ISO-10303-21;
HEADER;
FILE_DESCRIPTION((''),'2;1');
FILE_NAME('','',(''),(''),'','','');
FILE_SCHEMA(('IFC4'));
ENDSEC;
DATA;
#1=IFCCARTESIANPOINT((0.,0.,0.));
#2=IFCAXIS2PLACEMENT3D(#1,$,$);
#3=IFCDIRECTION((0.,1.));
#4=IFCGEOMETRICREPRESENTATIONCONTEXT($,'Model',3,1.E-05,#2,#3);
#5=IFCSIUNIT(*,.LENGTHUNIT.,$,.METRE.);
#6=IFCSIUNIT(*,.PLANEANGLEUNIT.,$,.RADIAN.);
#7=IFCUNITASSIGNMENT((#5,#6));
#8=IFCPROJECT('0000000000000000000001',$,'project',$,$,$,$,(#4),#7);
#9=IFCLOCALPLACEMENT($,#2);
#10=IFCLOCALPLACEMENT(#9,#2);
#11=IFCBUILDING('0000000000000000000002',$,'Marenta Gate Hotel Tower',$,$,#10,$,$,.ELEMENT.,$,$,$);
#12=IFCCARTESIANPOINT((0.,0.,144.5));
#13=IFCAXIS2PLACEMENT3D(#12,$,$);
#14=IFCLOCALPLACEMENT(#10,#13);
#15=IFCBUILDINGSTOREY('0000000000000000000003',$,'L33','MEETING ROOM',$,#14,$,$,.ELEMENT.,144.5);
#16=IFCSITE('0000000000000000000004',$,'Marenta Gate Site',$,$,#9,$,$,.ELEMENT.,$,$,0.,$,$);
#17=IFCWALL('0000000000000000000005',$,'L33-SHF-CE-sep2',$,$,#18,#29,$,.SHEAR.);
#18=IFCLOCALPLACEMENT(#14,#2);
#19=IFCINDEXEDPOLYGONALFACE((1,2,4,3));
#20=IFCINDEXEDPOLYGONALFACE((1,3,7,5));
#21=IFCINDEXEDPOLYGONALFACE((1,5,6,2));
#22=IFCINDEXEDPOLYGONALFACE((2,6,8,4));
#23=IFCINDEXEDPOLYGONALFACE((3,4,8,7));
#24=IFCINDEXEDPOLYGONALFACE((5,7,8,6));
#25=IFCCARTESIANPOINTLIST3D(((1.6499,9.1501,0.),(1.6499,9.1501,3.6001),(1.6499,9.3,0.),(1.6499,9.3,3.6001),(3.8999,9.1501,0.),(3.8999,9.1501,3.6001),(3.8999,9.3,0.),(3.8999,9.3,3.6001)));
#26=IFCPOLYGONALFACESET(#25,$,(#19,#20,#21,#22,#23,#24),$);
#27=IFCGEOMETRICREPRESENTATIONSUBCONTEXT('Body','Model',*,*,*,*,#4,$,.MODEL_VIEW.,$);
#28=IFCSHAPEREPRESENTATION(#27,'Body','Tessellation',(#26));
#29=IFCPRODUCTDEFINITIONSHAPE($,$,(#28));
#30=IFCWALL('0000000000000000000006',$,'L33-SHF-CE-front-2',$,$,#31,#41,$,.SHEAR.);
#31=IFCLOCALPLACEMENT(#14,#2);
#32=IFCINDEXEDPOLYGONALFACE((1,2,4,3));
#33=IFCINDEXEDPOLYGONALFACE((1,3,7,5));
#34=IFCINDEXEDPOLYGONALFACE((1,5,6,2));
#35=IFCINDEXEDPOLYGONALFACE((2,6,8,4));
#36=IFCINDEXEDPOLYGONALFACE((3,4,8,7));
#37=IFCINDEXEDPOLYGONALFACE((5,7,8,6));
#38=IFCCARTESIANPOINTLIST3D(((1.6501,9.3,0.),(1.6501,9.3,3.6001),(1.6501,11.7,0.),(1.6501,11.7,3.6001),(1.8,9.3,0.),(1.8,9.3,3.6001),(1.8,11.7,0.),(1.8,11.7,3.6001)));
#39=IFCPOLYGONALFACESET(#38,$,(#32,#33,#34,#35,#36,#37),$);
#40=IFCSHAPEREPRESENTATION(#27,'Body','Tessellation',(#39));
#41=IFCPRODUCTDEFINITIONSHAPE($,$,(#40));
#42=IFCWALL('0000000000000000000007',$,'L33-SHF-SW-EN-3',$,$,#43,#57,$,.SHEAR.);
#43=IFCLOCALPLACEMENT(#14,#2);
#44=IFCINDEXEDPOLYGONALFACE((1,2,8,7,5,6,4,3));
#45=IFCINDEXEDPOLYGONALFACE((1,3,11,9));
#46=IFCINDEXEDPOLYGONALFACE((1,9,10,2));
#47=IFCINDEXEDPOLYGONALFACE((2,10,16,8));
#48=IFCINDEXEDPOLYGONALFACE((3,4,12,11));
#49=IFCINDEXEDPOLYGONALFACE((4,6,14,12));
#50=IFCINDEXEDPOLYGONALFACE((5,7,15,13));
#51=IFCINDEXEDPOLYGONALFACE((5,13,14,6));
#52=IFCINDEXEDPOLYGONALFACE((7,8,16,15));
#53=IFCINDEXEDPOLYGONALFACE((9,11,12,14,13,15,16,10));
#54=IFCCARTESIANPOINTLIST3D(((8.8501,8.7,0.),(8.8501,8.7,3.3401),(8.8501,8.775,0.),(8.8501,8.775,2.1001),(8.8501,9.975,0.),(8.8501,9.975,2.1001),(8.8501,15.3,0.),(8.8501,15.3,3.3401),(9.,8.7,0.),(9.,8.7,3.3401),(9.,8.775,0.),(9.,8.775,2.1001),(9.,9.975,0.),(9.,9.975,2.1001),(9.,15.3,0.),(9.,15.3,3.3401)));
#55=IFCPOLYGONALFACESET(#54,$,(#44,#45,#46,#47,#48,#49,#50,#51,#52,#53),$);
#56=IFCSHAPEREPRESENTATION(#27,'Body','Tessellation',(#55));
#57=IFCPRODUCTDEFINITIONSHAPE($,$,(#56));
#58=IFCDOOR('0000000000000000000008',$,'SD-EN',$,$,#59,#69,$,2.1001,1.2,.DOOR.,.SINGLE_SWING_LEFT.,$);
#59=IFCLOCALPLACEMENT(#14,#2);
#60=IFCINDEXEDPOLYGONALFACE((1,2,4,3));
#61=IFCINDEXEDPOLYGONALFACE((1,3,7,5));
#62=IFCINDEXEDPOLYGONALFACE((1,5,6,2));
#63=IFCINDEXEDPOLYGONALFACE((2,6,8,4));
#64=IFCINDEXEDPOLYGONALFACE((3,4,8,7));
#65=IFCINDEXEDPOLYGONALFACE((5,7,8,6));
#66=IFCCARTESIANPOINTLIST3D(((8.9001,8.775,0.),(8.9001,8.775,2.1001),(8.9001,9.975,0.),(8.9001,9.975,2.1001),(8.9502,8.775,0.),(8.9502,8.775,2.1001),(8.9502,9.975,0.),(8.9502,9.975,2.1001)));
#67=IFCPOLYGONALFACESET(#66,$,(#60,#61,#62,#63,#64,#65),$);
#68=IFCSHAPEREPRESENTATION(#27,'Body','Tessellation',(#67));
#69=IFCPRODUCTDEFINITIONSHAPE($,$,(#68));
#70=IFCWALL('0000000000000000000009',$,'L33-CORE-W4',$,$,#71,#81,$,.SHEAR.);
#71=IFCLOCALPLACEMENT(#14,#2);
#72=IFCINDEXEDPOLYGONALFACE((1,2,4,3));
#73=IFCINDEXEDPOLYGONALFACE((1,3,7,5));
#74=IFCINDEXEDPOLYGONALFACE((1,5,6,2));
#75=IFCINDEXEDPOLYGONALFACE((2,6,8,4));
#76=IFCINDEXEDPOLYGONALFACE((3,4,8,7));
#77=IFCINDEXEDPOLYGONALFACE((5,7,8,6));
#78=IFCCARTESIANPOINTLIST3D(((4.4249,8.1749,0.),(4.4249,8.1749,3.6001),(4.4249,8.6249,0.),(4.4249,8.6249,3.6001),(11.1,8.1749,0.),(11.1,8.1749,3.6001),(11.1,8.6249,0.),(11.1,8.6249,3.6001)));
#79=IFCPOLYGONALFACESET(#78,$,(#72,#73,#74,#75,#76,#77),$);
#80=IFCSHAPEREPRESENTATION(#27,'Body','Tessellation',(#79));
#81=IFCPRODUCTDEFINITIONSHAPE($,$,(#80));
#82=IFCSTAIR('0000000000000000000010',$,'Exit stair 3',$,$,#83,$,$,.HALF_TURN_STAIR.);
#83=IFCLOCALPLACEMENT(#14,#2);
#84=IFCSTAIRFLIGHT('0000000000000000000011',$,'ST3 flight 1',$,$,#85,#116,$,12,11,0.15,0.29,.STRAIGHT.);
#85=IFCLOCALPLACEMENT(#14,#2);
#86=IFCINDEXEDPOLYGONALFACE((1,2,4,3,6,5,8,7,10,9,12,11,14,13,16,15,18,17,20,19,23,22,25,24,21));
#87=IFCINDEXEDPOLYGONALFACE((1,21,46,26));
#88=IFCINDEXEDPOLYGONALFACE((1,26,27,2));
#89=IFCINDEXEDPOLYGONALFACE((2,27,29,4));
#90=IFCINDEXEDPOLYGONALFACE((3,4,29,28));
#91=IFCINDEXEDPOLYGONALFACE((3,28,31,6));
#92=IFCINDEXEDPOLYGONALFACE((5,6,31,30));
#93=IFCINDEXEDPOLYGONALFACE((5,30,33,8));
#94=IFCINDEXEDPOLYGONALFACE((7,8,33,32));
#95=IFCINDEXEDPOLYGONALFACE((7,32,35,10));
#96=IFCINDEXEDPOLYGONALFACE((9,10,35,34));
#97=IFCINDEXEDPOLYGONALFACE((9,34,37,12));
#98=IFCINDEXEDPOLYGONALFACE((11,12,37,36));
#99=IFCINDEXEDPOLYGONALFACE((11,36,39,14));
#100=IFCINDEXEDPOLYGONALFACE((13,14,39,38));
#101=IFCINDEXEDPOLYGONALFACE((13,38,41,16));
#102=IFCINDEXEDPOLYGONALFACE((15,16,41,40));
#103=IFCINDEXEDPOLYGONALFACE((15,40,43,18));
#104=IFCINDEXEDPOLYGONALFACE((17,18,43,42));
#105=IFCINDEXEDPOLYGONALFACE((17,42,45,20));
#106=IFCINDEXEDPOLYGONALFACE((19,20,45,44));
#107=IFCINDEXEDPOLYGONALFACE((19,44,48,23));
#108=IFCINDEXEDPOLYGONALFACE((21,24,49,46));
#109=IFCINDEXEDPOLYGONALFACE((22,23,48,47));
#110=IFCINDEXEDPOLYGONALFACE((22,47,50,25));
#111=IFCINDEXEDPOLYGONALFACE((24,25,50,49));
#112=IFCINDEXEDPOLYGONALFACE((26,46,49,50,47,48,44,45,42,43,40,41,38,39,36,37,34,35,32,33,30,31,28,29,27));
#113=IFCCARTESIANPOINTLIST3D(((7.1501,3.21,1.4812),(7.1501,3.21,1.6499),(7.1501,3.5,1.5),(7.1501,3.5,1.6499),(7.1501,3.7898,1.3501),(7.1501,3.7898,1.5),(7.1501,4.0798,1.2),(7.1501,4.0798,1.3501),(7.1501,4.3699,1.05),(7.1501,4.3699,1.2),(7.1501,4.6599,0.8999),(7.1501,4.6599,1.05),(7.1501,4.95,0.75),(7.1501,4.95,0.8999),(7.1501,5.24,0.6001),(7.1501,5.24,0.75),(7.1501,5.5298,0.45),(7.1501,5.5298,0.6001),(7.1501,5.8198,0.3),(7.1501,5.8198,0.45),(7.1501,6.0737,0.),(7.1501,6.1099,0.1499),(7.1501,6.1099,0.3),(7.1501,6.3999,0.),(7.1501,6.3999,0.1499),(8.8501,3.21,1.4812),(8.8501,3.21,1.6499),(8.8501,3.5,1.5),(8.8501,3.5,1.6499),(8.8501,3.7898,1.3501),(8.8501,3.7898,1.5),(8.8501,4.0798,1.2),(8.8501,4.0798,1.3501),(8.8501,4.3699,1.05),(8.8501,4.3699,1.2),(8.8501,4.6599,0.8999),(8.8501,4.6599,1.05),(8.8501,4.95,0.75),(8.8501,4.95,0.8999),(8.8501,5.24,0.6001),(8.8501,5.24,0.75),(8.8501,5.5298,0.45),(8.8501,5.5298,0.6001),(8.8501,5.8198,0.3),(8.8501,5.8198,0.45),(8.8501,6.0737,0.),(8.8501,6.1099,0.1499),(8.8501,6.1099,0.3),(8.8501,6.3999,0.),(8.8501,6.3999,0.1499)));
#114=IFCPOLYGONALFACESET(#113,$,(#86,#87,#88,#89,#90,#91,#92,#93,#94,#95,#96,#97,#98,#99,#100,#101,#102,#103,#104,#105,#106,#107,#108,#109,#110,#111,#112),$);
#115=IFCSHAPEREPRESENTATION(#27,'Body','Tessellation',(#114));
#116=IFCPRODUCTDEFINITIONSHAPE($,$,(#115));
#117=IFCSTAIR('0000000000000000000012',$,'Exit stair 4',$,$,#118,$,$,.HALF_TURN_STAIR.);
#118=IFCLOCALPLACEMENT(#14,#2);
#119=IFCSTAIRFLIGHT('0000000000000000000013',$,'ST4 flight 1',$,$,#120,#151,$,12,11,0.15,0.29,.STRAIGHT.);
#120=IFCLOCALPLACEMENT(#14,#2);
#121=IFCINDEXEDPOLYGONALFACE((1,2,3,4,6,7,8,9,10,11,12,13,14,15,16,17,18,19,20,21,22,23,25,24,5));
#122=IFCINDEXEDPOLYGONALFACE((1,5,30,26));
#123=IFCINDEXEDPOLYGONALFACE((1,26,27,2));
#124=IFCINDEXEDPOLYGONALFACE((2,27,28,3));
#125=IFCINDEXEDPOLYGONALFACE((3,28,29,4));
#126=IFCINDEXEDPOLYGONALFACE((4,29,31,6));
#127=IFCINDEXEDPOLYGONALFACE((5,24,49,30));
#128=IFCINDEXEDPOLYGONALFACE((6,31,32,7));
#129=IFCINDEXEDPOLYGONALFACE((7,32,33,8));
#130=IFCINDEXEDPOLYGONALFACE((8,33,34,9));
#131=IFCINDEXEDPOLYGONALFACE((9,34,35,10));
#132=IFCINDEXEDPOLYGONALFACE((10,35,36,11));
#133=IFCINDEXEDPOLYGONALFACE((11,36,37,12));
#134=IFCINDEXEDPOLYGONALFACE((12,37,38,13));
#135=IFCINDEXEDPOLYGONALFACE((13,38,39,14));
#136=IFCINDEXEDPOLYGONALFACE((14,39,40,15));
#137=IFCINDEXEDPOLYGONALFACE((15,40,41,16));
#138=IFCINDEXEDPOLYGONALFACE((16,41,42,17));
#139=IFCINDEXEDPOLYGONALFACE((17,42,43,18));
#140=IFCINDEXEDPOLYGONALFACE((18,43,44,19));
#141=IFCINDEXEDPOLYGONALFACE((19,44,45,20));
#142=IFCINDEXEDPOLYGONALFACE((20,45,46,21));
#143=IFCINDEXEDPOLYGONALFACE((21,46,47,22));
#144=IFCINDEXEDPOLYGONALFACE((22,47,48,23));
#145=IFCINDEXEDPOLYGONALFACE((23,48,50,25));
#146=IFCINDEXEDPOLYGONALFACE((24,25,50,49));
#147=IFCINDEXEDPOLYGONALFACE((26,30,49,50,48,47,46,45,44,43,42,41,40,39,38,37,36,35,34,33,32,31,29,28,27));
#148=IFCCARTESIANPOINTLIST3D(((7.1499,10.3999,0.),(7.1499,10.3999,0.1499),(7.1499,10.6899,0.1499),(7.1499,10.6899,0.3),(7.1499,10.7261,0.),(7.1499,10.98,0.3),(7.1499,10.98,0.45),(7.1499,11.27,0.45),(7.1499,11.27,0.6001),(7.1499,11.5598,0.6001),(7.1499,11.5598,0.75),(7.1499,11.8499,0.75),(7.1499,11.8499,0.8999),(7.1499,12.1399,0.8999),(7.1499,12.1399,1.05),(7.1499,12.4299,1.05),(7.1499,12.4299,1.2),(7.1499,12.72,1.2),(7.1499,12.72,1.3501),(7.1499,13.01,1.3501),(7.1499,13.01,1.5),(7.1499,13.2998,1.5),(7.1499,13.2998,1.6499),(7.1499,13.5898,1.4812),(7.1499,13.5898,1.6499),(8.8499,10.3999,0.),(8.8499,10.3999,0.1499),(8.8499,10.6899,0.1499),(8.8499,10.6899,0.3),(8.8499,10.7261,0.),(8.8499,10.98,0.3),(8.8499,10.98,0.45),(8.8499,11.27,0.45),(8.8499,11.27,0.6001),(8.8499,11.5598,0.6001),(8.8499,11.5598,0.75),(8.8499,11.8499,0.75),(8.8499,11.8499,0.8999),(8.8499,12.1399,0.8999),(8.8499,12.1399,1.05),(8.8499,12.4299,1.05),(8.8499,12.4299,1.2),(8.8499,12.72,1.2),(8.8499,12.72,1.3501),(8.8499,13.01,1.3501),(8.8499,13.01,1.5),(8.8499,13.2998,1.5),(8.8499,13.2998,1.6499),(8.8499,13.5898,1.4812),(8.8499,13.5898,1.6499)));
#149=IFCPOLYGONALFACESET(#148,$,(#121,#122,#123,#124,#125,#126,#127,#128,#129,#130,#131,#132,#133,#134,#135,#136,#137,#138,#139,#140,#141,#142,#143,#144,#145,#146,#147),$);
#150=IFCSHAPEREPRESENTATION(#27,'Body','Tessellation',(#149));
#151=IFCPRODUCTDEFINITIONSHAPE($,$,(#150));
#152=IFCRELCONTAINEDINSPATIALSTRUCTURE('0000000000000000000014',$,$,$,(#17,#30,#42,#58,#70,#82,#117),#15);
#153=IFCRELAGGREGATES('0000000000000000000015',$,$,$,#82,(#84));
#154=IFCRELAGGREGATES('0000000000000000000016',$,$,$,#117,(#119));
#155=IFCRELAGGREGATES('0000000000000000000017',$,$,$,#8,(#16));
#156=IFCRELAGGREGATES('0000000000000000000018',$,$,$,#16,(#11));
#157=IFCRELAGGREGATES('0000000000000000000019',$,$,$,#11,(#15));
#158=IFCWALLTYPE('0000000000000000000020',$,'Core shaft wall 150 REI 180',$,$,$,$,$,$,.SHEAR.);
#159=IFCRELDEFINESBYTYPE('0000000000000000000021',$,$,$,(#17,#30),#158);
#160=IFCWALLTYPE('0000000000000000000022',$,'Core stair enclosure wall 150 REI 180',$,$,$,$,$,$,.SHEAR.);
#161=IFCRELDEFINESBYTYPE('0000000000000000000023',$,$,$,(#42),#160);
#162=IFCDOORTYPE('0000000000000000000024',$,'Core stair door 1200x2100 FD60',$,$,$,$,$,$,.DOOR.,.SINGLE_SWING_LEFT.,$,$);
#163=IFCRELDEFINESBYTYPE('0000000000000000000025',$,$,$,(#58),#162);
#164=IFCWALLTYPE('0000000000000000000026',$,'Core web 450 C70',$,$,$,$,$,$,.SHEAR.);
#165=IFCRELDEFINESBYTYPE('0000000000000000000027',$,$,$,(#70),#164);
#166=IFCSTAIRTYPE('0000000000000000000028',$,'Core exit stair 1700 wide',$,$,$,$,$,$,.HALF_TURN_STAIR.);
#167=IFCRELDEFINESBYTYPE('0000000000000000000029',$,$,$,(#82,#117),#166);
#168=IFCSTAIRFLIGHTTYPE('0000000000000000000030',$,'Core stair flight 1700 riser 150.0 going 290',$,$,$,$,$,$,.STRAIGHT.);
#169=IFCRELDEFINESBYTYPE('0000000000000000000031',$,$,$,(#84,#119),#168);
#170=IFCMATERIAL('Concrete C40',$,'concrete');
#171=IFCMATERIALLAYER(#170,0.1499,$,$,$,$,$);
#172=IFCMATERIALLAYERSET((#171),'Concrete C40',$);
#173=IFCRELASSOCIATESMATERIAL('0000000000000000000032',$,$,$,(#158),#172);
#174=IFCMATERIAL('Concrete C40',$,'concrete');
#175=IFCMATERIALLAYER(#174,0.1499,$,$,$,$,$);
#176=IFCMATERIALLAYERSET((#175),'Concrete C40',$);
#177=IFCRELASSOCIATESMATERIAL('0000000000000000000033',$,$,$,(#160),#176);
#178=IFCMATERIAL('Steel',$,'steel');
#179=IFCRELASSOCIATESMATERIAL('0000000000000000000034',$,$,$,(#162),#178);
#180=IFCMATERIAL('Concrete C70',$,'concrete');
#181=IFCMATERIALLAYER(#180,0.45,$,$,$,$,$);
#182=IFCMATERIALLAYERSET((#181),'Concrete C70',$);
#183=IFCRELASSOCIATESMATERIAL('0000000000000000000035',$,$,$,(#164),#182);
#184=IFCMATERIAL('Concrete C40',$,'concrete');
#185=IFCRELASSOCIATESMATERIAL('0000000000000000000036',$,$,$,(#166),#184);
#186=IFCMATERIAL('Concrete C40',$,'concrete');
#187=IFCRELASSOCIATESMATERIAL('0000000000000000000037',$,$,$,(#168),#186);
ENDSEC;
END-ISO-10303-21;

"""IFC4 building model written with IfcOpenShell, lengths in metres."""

from ifc_helpers import new_model, si_unit, direction, frame, frame_2d, origin, place, context, subcontext, project, spatial, polyline, rectangle, outline, extrude, material, layer, layer_set, type_object, element, fill, aggregate, save


model = new_model("IFC4")

# Units and contexts
model_context = context("Model", 3, precision=1e-05, world=origin(), true_north=direction((0.0, 1.0)))
body_context = subcontext(model_context, "Body", "Model", "MODEL_VIEW")
ifc_project = project(units=[si_unit("LENGTHUNIT", "METRE"), si_unit("PLANEANGLEUNIT", "RADIAN")], contexts=[model_context])

# Site, building, storey
site_placement = place(None, origin())
site = spatial("IfcSite", under=ifc_project, at=site_placement, Name="Marenta Gate Site", CompositionType="ELEMENT", RefElevation=0.0)
building_placement = place(site_placement, origin())
building = spatial("IfcBuilding", under=site, at=building_placement, Name="Marenta Gate Hotel Tower", CompositionType="ELEMENT")
storey_placement = place(building_placement, frame((0.0, 0.0, 144.5)))
storey = spatial("IfcBuildingStorey", under=building, at=storey_placement, Name="L33", Description="MEETING ROOM", CompositionType="ELEMENT", Elevation=144.5)

# Shared definitions
ifc_material_1 = material(Name="Concrete C40", Category="concrete")
ifc_layer_1 = layer(ifc_material_1, 0.1499)
ifc_layer_set_1 = layer_set([ifc_layer_1], Name="Concrete C40")
wall_type_1 = type_object("IfcWallType", Name="Core shaft wall 150 REI 180", PredefinedType="SHEAR", material=ifc_layer_set_1)

# Walls
for number, where, z_axis, x_axis, name in (
    (1, (1.6499, 9.2251, 0.0), (0.0, 0.0, 1.0), (1.0, 0.0, 0.0), "L33-SHF-CE-sep2"),
):
    element("IfcWall", number, at=place(storey_placement, frame(where, z_axis=z_axis, x_axis=x_axis)), inside=storey, type_object=wall_type_1, Name=name, PredefinedType="SHEAR", context=body_context, shape_type="SweptSolid", body=[
        extrude(rectangle(XDim=2.25, YDim=0.1499, at=frame_2d((1.125, 0.0))), origin(), (0.0, 0.0, 1.0), 3.6001),
    ])
wall_1_placement = place(storey_placement, frame((1.7251, 9.3, 0.0), z_axis=(0.0, 0.0, 1.0), x_axis=(0.0, 1.0, 0.0)))
element("IfcWall", 2, at=wall_1_placement, inside=storey, type_object=wall_type_1, Name="L33-SHF-CE-front-2", PredefinedType="SHEAR", context=body_context, shape_type="SweptSolid", body=[
    extrude(rectangle(XDim=2.3999, YDim=0.1499, at=frame_2d((1.2, 0.0))), origin(), (0.0, 0.0, 1.0), 3.6001),
])

# Wall, opening, door
ifc_material_2 = material(Name="Concrete C40", Category="concrete")
ifc_layer_2 = layer(ifc_material_2, 0.1499)
ifc_layer_set_2 = layer_set([ifc_layer_2], Name="Concrete C40")
wall_type_2 = type_object("IfcWallType", Name="Core stair enclosure wall 150 REI 180", PredefinedType="SHEAR", material=ifc_layer_set_2)
wall_2_placement = place(storey_placement, frame((8.925, 8.7, 0.0), z_axis=(0.0, 0.0, 1.0), x_axis=(0.0, 1.0, 0.0)))
wall_2 = element("IfcWall", 3, at=wall_2_placement, inside=storey, type_object=wall_type_2, Name="L33-SHF-SW-EN-3", PredefinedType="SHEAR", context=body_context, shape_type="SweptSolid", body=[
    extrude(rectangle(XDim=6.6001, YDim=0.1499, at=frame_2d((3.3, 0.0))), origin(), (0.0, 0.0, 1.0), 3.3401),
])
opening_1_placement = place(wall_2_placement, frame((0.075, 0.0, 0.0)))
opening_1 = element("IfcOpeningElement", 4, at=opening_1_placement, cuts=wall_2, PredefinedType="OPENING", context=body_context, shape_type="SweptSolid", body=[
    extrude(rectangle(XDim=1.2, YDim=2.1001, at=frame_2d((0.6001, 1.05))), frame((0.0, 0.075, 0.0), z_axis=(0.0, -1.0, 0.0), x_axis=(1.0, 0.0, 0.0)), (0.0, 0.0, 1.0), 0.1499),
])
ifc_material_3 = material(Name="Steel", Category="steel")
door_type_1 = type_object("IfcDoorType", Name="Core stair door 1200x2100 FD60", OperationType="SINGLE_SWING_LEFT", PredefinedType="DOOR", material=ifc_material_3)
door_1_placement = place(opening_1_placement, origin())
door_1 = element("IfcDoor", 5, at=door_1_placement, inside=storey, type_object=door_type_1, Name="SD-EN", OperationType="SINGLE_SWING_LEFT", OverallHeight=2.1001, OverallWidth=1.2, PredefinedType="DOOR", context=body_context, shape_type="SweptSolid", body=[
    extrude(rectangle(XDim=1.2, YDim=2.1001, at=frame_2d((0.6001, 1.05))), frame((0.0, 0.0249, 0.0), z_axis=(0.0, -1.0, 0.0), x_axis=(1.0, 0.0, 0.0)), (0.0, 0.0, 1.0), 0.05),
])
fill(opening_1, door_1)

# Wall
ifc_material_4 = material(Name="Concrete C70", Category="concrete")
ifc_layer_3 = layer(ifc_material_4, 0.45)
ifc_layer_set_3 = layer_set([ifc_layer_3], Name="Concrete C70")
wall_type_3 = type_object("IfcWallType", Name="Core web 450 C70", PredefinedType="SHEAR", material=ifc_layer_set_3)
wall_3_placement = place(storey_placement, frame((4.425, 8.3999, 0.0), z_axis=(0.0, 0.0, 1.0), x_axis=(1.0, 0.0, 0.0)))
element("IfcWall", 6, at=wall_3_placement, inside=storey, type_object=wall_type_3, Name="L33-CORE-W4", PredefinedType="SHEAR", context=body_context, shape_type="SweptSolid", body=[
    extrude(rectangle(XDim=6.675, YDim=0.45, at=frame_2d((3.3374, 0.0))), origin(), (0.0, 0.0, 1.0), 3.6001),
])

# Stair, stair flight
ifc_material_5 = material(Name="Concrete C40", Category="concrete")
stair_type = type_object("IfcStairType", Name="Core exit stair 1700 wide", PredefinedType="HALF_TURN_STAIR", material=ifc_material_5)
stair_1_placement = place(storey_placement, origin())
stair_1 = element("IfcStair", 7, at=stair_1_placement, inside=storey, type_object=stair_type, Name="Exit stair 3", PredefinedType="HALF_TURN_STAIR")
ifc_material_6 = material(Name="Concrete C40", Category="concrete")
stair_flight_type = type_object("IfcStairFlightType", Name="Core stair flight 1700 riser 150.0 going 290", PredefinedType="STRAIGHT", material=ifc_material_6)
stair_flight_1_placement = place(storey_placement, frame((8.0, 6.3999, 0.0), z_axis=(0.0, 0.0, 1.0), x_axis=(0.0, -1.0, 0.0)))
stair_flight_1 = element("IfcStairFlight", 8, at=stair_flight_1_placement, type_object=stair_flight_type, Name="ST3 flight 1", NumberOfRisers=12, NumberOfTreads=11, PredefinedType="STRAIGHT", RiserHeight=0.15, TreadLength=0.29, context=body_context, shape_type="SweptSolid", body=[
    extrude(outline(polyline([(0.0, 0.0), (0.0, 0.1499), (0.29, 0.1499), (0.29, 0.3), (0.5801, 0.3), (0.5801, 0.45), (0.8701, 0.45), (0.8701, 0.6001), (1.1599, 0.6001), (1.1599, 0.75), (1.45, 0.75), (1.45, 0.8999), (1.74, 0.8999), (1.74, 1.05), (2.03, 1.05), (2.03, 1.2), (2.3201, 1.2), (2.3201, 1.3501), (2.6101, 1.3501), (2.6101, 1.5), (2.8999, 1.5), (2.8999, 1.6499), (3.1899, 1.6499), (3.1899, 1.8), (3.1899, 1.4812), (0.3262, 0.0), (0.0, 0.0)])), frame((0.0, 0.8501, 0.0), z_axis=(0.0, -1.0, 0.0), x_axis=(1.0, 0.0, 0.0)), (0.0, 0.0, 1.0), 1.7),
])
aggregate(stair_1, [stair_flight_1])

# Stair, stair flight
stair_2_placement = place(storey_placement, origin())
stair_2 = element("IfcStair", 9, at=stair_2_placement, inside=storey, type_object=stair_type, Name="Exit stair 4", PredefinedType="HALF_TURN_STAIR")
stair_flight_2_placement = place(storey_placement, frame((8.0, 10.3999, 0.0), z_axis=(0.0, 0.0, 1.0), x_axis=(0.0, 1.0, 0.0)))
stair_flight_2 = element("IfcStairFlight", 10, at=stair_flight_2_placement, type_object=stair_flight_type, Name="ST4 flight 1", NumberOfRisers=12, NumberOfTreads=11, PredefinedType="STRAIGHT", RiserHeight=0.15, TreadLength=0.29, context=body_context, shape_type="SweptSolid", body=[
    extrude(outline(polyline([(0.0, 0.0), (0.0, 0.1499), (0.29, 0.1499), (0.29, 0.3), (0.5801, 0.3), (0.5801, 0.45), (0.8701, 0.45), (0.8701, 0.6001), (1.1599, 0.6001), (1.1599, 0.75), (1.45, 0.75), (1.45, 0.8999), (1.74, 0.8999), (1.74, 1.05), (2.03, 1.05), (2.03, 1.2), (2.3201, 1.2), (2.3201, 1.3501), (2.6101, 1.3501), (2.6101, 1.5), (2.8999, 1.5), (2.8999, 1.6499), (3.1899, 1.6499), (3.1899, 1.8), (3.1899, 1.4812), (0.3262, 0.0), (0.0, 0.0)])), frame((0.0, 0.8501, 0.0), z_axis=(0.0, -1.0, 0.0), x_axis=(1.0, 0.0, 0.0)), (0.0, 0.0, 1.0), 1.7),
])
aggregate(stair_2, [stair_flight_2])

save(model, "model.ifc")
